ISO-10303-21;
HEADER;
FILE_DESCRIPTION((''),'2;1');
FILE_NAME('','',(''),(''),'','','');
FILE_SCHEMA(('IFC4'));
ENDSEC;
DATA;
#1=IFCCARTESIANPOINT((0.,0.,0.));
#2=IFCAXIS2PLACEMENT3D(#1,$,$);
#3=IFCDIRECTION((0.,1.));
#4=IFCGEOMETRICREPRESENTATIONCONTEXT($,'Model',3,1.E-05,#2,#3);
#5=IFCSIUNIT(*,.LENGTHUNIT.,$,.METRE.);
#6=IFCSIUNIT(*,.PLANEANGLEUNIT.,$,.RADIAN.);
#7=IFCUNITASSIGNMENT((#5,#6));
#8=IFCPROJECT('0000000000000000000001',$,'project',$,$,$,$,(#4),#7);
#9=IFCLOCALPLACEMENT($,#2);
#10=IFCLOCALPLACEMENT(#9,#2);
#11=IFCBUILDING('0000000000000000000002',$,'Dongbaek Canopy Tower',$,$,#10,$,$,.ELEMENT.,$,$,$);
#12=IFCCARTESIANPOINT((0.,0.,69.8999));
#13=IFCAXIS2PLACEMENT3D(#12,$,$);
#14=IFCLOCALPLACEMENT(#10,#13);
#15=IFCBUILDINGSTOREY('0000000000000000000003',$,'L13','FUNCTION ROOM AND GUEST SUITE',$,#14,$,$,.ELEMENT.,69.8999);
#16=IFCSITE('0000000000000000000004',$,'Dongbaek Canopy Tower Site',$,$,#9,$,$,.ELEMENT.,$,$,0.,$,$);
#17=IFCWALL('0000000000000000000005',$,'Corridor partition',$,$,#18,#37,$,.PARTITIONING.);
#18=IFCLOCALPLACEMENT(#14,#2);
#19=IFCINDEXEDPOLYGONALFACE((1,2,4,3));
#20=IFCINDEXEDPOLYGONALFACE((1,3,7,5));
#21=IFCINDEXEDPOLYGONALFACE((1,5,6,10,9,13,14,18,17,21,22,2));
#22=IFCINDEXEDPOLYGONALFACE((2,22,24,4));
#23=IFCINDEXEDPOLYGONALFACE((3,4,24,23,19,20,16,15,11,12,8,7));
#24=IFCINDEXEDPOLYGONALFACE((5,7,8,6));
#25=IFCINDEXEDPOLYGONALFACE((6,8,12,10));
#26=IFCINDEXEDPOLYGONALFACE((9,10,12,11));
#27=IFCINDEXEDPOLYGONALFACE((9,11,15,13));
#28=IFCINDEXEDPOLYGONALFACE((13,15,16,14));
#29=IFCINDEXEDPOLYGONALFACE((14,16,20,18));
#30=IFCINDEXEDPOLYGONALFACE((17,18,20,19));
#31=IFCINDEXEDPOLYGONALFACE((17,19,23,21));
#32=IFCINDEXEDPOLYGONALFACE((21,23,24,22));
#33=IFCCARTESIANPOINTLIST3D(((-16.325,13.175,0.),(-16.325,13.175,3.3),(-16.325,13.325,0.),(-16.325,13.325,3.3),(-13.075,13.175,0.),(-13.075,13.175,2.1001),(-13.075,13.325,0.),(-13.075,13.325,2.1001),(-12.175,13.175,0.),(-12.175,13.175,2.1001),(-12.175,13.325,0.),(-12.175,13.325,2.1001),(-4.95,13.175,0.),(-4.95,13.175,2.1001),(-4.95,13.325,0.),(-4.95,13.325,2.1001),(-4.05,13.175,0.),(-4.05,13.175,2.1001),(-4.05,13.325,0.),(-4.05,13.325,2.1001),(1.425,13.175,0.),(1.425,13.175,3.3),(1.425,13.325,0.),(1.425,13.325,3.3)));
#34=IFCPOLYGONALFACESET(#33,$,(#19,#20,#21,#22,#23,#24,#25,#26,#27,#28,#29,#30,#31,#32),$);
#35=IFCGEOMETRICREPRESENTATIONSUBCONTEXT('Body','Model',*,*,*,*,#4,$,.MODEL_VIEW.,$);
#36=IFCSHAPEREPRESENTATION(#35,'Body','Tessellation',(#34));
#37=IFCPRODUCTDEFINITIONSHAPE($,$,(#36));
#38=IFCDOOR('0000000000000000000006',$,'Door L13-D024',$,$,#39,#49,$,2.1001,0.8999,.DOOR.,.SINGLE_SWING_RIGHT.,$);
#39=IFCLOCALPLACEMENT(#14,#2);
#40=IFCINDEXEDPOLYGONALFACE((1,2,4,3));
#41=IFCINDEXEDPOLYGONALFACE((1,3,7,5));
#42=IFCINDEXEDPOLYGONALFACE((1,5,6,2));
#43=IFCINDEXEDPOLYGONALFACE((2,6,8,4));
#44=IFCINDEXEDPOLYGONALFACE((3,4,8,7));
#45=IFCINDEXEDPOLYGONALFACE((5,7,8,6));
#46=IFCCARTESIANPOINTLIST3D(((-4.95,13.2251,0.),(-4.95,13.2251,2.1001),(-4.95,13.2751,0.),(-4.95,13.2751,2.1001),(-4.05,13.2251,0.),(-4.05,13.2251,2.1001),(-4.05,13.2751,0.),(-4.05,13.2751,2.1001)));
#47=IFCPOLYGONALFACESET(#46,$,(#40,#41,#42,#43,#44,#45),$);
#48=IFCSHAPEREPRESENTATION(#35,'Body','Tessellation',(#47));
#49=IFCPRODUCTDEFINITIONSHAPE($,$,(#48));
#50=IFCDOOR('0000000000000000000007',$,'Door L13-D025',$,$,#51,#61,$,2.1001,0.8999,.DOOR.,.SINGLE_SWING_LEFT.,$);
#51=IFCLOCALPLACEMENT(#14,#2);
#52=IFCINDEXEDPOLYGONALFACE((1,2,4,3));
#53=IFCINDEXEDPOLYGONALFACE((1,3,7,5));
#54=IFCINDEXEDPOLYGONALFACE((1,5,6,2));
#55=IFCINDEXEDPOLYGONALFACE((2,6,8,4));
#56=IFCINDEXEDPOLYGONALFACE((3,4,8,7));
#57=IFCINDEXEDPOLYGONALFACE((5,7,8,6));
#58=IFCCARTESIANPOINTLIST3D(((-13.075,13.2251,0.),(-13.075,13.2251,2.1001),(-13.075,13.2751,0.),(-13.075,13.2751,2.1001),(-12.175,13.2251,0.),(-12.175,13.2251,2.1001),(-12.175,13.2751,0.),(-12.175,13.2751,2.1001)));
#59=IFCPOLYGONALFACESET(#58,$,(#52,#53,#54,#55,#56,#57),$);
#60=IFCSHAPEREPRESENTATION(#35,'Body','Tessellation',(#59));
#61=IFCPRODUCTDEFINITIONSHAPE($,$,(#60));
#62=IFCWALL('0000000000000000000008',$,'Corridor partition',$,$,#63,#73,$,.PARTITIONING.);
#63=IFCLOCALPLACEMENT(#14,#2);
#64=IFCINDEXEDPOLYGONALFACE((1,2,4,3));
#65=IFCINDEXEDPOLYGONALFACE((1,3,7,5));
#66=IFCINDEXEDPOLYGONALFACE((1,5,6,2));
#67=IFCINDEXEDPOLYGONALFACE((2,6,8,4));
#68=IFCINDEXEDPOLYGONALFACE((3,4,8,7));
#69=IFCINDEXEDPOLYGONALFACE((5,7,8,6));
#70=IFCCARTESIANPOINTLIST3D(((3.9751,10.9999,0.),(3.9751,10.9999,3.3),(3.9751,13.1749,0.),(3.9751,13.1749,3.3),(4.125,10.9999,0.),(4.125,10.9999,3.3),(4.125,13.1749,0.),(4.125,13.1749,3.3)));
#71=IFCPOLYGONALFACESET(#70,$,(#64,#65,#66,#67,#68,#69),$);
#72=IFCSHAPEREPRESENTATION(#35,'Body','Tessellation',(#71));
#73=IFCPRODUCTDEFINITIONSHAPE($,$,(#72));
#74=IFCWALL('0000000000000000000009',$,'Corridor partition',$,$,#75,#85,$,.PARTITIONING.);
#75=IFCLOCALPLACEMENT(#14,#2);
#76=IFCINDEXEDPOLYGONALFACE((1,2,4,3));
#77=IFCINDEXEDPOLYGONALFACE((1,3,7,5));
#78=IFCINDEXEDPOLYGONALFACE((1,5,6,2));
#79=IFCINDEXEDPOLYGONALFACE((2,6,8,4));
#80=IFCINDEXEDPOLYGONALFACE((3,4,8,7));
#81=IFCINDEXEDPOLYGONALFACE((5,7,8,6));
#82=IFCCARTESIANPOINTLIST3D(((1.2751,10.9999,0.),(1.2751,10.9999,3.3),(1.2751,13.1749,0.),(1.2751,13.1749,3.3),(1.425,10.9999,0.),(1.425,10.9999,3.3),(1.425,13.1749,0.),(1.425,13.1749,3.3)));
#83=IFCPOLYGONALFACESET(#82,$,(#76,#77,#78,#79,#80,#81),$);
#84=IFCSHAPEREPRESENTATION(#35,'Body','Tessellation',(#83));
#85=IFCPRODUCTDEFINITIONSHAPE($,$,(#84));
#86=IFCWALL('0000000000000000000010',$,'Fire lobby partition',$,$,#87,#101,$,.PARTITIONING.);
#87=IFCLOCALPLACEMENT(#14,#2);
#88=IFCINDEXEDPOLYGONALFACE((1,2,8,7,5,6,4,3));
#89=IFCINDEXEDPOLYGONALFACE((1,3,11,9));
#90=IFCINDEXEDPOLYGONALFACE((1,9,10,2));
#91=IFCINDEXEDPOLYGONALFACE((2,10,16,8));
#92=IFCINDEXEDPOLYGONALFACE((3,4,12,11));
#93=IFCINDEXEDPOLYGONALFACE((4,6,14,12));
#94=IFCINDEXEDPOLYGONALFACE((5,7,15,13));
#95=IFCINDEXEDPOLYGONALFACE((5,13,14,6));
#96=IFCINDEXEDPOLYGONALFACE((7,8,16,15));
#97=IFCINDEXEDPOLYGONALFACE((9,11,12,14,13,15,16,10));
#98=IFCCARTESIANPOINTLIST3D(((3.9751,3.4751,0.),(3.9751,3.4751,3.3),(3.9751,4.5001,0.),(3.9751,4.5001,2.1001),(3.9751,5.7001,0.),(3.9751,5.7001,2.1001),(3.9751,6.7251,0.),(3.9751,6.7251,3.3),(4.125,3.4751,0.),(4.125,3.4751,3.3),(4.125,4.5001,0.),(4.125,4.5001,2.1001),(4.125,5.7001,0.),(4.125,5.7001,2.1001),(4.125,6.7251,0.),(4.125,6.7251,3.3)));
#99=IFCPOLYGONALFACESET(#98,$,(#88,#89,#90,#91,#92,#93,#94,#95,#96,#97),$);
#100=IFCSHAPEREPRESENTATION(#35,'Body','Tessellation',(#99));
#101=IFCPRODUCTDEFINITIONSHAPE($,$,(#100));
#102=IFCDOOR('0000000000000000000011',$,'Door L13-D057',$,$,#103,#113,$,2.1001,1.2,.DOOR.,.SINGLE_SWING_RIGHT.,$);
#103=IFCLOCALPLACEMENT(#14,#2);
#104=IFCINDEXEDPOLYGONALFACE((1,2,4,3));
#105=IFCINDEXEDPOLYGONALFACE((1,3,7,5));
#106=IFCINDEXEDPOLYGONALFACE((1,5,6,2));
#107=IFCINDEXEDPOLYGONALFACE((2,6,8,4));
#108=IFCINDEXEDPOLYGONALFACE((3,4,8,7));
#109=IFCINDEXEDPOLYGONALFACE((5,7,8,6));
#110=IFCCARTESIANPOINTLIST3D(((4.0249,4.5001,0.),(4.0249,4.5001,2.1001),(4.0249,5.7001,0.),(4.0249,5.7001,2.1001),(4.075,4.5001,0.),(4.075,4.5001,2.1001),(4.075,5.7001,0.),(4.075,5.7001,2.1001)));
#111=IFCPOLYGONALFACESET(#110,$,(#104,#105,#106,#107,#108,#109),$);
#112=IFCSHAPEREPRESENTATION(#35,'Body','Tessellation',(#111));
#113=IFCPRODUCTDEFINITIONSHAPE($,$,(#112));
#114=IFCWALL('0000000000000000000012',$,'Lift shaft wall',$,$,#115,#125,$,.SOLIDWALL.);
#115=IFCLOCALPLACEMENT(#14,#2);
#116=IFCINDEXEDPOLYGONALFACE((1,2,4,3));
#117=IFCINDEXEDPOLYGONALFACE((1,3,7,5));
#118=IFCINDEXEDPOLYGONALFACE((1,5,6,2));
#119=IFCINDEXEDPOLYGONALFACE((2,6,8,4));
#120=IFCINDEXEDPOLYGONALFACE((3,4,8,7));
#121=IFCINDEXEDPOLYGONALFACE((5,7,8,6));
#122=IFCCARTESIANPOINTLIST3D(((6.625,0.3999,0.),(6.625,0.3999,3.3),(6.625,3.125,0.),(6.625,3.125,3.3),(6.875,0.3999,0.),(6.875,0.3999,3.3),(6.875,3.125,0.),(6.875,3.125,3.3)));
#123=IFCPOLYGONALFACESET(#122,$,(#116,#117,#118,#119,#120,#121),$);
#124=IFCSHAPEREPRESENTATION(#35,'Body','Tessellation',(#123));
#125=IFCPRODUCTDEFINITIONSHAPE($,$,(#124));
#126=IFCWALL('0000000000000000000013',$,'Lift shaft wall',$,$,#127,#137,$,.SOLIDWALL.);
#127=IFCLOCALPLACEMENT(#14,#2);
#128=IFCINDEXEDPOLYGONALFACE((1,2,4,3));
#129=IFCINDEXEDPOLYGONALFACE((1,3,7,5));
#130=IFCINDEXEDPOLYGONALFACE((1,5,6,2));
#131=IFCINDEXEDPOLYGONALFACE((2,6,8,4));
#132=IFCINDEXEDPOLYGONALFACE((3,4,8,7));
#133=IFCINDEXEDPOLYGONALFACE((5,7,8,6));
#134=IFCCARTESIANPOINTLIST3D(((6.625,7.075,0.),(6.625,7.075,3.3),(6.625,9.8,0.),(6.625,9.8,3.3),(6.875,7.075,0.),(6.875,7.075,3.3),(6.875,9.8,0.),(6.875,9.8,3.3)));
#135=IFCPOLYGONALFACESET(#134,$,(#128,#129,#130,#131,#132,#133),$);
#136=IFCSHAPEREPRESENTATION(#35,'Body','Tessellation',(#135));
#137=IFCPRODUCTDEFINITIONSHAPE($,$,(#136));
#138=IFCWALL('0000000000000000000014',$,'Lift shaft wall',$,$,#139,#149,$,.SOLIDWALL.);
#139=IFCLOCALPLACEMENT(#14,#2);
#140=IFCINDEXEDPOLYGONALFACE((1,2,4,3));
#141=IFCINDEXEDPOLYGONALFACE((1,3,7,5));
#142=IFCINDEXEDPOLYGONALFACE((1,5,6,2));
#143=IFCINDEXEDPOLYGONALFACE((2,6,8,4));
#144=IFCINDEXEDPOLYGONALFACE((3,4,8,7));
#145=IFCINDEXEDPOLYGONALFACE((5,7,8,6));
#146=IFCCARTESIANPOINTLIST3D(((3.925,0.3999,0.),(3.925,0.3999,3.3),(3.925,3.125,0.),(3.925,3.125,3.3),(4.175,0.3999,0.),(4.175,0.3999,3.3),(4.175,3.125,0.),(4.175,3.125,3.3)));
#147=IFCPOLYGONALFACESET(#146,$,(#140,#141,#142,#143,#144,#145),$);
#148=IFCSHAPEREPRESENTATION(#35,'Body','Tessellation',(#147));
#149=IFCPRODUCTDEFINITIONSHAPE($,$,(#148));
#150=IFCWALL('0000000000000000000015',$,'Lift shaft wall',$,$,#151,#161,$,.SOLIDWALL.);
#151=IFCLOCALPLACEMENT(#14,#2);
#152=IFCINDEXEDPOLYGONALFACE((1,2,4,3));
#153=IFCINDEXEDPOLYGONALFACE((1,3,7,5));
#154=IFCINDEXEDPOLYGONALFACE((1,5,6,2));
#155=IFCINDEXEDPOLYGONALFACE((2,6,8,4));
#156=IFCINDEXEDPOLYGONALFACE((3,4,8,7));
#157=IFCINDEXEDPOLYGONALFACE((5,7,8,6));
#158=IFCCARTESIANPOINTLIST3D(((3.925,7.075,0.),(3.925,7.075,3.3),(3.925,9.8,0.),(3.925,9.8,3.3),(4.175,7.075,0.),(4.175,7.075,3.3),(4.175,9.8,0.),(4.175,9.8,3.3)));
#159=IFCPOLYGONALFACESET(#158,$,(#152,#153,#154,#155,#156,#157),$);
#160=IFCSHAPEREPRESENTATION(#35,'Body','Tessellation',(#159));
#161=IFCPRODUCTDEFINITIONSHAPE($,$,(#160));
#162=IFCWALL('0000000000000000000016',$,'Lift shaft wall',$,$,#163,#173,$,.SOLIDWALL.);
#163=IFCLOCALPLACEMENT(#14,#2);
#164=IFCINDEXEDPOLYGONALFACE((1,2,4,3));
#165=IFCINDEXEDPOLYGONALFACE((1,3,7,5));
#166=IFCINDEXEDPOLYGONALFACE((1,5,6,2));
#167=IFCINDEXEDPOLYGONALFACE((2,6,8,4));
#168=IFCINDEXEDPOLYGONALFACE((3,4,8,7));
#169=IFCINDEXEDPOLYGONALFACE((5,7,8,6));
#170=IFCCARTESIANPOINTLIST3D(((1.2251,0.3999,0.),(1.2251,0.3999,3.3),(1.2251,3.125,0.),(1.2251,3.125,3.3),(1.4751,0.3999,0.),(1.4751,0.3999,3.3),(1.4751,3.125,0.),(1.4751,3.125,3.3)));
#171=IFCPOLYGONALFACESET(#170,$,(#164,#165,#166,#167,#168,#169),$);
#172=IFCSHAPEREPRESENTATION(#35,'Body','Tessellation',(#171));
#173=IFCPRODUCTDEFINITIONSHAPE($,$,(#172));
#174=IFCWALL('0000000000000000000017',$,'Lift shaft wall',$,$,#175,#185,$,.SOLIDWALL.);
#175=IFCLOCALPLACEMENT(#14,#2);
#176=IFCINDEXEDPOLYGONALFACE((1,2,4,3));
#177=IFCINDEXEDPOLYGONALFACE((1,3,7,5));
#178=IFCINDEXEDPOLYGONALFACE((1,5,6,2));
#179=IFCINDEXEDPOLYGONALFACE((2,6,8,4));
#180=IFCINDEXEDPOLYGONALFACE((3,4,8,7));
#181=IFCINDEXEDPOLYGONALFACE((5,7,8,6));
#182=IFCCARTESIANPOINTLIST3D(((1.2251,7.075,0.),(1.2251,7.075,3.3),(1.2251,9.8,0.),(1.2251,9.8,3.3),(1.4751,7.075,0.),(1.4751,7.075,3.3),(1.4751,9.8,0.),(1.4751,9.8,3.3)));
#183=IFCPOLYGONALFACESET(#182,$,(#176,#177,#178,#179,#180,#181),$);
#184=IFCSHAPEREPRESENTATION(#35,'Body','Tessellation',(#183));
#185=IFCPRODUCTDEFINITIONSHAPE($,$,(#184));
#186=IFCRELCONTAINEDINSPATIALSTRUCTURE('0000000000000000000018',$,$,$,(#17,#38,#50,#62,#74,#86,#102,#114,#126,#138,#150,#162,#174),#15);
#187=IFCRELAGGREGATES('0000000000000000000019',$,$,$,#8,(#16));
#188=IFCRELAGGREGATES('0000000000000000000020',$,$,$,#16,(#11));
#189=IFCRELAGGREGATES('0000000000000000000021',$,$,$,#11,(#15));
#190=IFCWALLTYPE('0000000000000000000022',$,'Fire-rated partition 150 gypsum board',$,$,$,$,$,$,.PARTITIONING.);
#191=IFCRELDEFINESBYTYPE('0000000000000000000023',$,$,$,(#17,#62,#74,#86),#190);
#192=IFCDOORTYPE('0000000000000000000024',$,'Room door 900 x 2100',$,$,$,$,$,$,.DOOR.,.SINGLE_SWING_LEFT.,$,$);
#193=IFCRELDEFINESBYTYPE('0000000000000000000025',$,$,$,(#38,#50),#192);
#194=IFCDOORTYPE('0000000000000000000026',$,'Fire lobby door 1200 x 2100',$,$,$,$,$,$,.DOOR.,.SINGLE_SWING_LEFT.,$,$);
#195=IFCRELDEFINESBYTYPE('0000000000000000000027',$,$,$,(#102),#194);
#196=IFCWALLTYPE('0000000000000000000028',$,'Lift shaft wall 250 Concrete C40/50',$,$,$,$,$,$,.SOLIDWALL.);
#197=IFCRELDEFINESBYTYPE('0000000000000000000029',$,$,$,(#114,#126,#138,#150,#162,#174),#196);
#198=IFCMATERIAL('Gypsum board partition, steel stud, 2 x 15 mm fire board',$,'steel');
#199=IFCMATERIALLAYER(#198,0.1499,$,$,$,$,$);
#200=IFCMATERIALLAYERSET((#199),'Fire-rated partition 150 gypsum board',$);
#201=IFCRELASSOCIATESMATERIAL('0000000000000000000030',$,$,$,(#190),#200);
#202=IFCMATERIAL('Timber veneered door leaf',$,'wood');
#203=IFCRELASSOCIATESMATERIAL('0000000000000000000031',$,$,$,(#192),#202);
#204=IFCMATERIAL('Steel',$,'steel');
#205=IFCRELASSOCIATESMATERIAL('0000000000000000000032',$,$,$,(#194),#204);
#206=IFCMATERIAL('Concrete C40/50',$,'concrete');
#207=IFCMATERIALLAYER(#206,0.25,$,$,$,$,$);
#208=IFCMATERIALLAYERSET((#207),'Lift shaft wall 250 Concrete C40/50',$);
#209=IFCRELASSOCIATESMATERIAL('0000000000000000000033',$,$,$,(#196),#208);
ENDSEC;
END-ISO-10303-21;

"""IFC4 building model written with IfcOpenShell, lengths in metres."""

from ifc_helpers import new_model, si_unit, direction, frame, frame_2d, origin, place, context, subcontext, project, spatial, rectangle, extrude, material, layer, layer_set, type_object, element, fill, save


model = new_model("IFC4")

# Units and contexts
model_context = context("Model", 3, precision=1e-05, world=origin(), true_north=direction((0.0, 1.0)))
body_context = subcontext(model_context, "Body", "Model", "MODEL_VIEW")
ifc_project = project(units=[si_unit("LENGTHUNIT", "METRE"), si_unit("PLANEANGLEUNIT", "RADIAN")], contexts=[model_context])

# Site, building, storey
site_placement = place(None, origin())
site = spatial("IfcSite", under=ifc_project, at=site_placement, Name="Dongbaek Canopy Tower Site", CompositionType="ELEMENT", RefElevation=0.0)
building_placement = place(site_placement, origin())
building = spatial("IfcBuilding", under=site, at=building_placement, Name="Dongbaek Canopy Tower", CompositionType="ELEMENT")
storey_placement = place(building_placement, frame((0.0, 0.0, 69.8999)))
storey = spatial("IfcBuildingStorey", under=building, at=storey_placement, Name="L13", Description="FUNCTION ROOM AND GUEST SUITE", CompositionType="ELEMENT", Elevation=69.8999)

# Wall, openings, doors
ifc_material_1 = material(Name="Gypsum board partition, steel stud, 2 x 15 mm fire board", Category="steel")
ifc_layer_1 = layer(ifc_material_1, 0.1499)
ifc_layer_set_1 = layer_set([ifc_layer_1], Name="Fire-rated partition 150 gypsum board")
wall_type_1 = type_object("IfcWallType", Name="Fire-rated partition 150 gypsum board", PredefinedType="PARTITIONING", material=ifc_layer_set_1)
wall_1_placement = place(storey_placement, frame((1.425, 13.25, 0.0), z_axis=(0.0, 0.0, 1.0), x_axis=(-1.0, 0.0, 0.0)))
wall_1 = element("IfcWall", 1, at=wall_1_placement, inside=storey, type_object=wall_type_1, Name="Corridor partition", PredefinedType="PARTITIONING", context=body_context, shape_type="SweptSolid", body=[
    extrude(rectangle(XDim=17.75, YDim=0.1499, at=frame_2d((8.875, 0.0))), origin(), (0.0, 0.0, 1.0), 3.3),
])
opening_1_placement = place(wall_1_placement, frame((5.4751, 0.0, 0.0)))
opening_1 = element("IfcOpeningElement", 2, at=opening_1_placement, cuts=wall_1, PredefinedType="OPENING", context=body_context, shape_type="SweptSolid", body=[
    extrude(rectangle(XDim=0.8999, YDim=2.1001, at=frame_2d((0.45, 1.05))), frame((0.0, 0.085, 0.0), z_axis=(0.0, -1.0, 0.0), x_axis=(1.0, 0.0, 0.0)), (0.0, 0.0, 1.0), 0.1699),
])
opening_2_placement = place(wall_1_placement, frame((13.6001, 0.0, 0.0)))
opening_2 = element("IfcOpeningElement", 3, at=opening_2_placement, cuts=wall_1, PredefinedType="OPENING", context=body_context, shape_type="SweptSolid", body=[
    extrude(rectangle(XDim=0.8999, YDim=2.1001, at=frame_2d((0.45, 1.05))), frame((0.0, 0.085, 0.0), z_axis=(0.0, -1.0, 0.0), x_axis=(1.0, 0.0, 0.0)), (0.0, 0.0, 1.0), 0.1699),
])
ifc_material_2 = material(Name="Timber veneered door leaf", Category="wood")
door_type_1 = type_object("IfcDoorType", Name="Room door 900 x 2100", OperationType="SINGLE_SWING_LEFT", PredefinedType="DOOR", material=ifc_material_2)
door_1_placement = place(opening_1_placement, origin())
door_1 = element("IfcDoor", 4, at=door_1_placement, inside=storey, type_object=door_type_1, Name="Door L13-D024", OperationType="SINGLE_SWING_RIGHT", OverallHeight=2.1001, OverallWidth=0.8999, PredefinedType="DOOR", context=body_context, shape_type="SweptSolid", body=[
    extrude(rectangle(XDim=0.8999, YDim=2.1001, at=frame_2d((0.45, 1.05))), frame((0.0, 0.0249, 0.0), z_axis=(0.0, -1.0, 0.0), x_axis=(1.0, 0.0, 0.0)), (0.0, 0.0, 1.0), 0.05),
])
fill(opening_1, door_1)
door_2_placement = place(opening_2_placement, origin())
door_2 = element("IfcDoor", 5, at=door_2_placement, inside=storey, type_object=door_type_1, Name="Door L13-D025", OperationType="SINGLE_SWING_LEFT", OverallHeight=2.1001, OverallWidth=0.8999, PredefinedType="DOOR", context=body_context, shape_type="SweptSolid", body=[
    extrude(rectangle(XDim=0.8999, YDim=2.1001, at=frame_2d((0.45, 1.05))), frame((0.0, 0.0249, 0.0), z_axis=(0.0, -1.0, 0.0), x_axis=(1.0, 0.0, 0.0)), (0.0, 0.0, 1.0), 0.05),
])
fill(opening_2, door_2)

# Walls
for number, where, z_axis, x_axis, name in (
    (6, (4.05, 11.0, 0.0), (0.0, 0.0, 1.0), (0.0, 1.0, 0.0), "Corridor partition"),
    (7, (1.3501, 11.0, 0.0), (0.0, 0.0, 1.0), (0.0, 1.0, 0.0), "Corridor partition"),
):
    element("IfcWall", number, at=place(storey_placement, frame(where, z_axis=z_axis, x_axis=x_axis)), inside=storey, type_object=wall_type_1, Name=name, PredefinedType="PARTITIONING", context=body_context, shape_type="SweptSolid", body=[
        extrude(rectangle(XDim=2.175, YDim=0.1499, at=frame_2d((1.0874, 0.0))), origin(), (0.0, 0.0, 1.0), 3.3),
    ])

# Wall, opening, door
wall_2_placement = place(storey_placement, frame((4.05, 6.7251, 0.0), z_axis=(0.0, 0.0, 1.0), x_axis=(0.0, -1.0, 0.0)))
wall_2 = element("IfcWall", 8, at=wall_2_placement, inside=storey, type_object=wall_type_1, Name="Fire lobby partition", PredefinedType="PARTITIONING", context=body_context, shape_type="SweptSolid", body=[
    extrude(rectangle(XDim=3.25, YDim=0.1499, at=frame_2d((1.625, 0.0))), origin(), (0.0, 0.0, 1.0), 3.3),
])
opening_3_placement = place(wall_2_placement, frame((1.0249, 0.0, 0.0)))
opening_3 = element("IfcOpeningElement", 9, at=opening_3_placement, cuts=wall_2, PredefinedType="OPENING", context=body_context, shape_type="SweptSolid", body=[
    extrude(rectangle(XDim=1.2, YDim=2.1001, at=frame_2d((0.6001, 1.05))), frame((0.0, 0.085, 0.0), z_axis=(0.0, -1.0, 0.0), x_axis=(1.0, 0.0, 0.0)), (0.0, 0.0, 1.0), 0.1699),
])
ifc_material_3 = material(Name="Steel", Category="steel")
door_type_2 = type_object("IfcDoorType", Name="Fire lobby door 1200 x 2100", OperationType="SINGLE_SWING_LEFT", PredefinedType="DOOR", material=ifc_material_3)
door_3_placement = place(opening_3_placement, origin())
door_3 = element("IfcDoor", 10, at=door_3_placement, inside=storey, type_object=door_type_2, Name="Door L13-D057", OperationType="SINGLE_SWING_RIGHT", OverallHeight=2.1001, OverallWidth=1.2, PredefinedType="DOOR", context=body_context, shape_type="SweptSolid", body=[
    extrude(rectangle(XDim=1.2, YDim=2.1001, at=frame_2d((0.6001, 1.05))), frame((0.0, 0.0249, 0.0), z_axis=(0.0, -1.0, 0.0), x_axis=(1.0, 0.0, 0.0)), (0.0, 0.0, 1.0), 0.05),
])
fill(opening_3, door_3)

# Walls
ifc_material_4 = material(Name="Concrete C40/50", Category="concrete")
ifc_layer_2 = layer(ifc_material_4, 0.25)
ifc_layer_set_2 = layer_set([ifc_layer_2], Name="Lift shaft wall 250 Concrete C40/50")
wall_type_2 = type_object("IfcWallType", Name="Lift shaft wall 250 Concrete C40/50", PredefinedType="SOLIDWALL", material=ifc_layer_set_2)
for number, where, z_axis, x_axis, name in (
    (11, (6.75, 0.3999, 0.0), (0.0, 0.0, 1.0), (0.0, 1.0, 0.0), "Lift shaft wall"),
    (12, (6.75, 7.075, 0.0), (0.0, 0.0, 1.0), (0.0, 1.0, 0.0), "Lift shaft wall"),
    (13, (4.05, 0.3999, 0.0), (0.0, 0.0, 1.0), (0.0, 1.0, 0.0), "Lift shaft wall"),
    (14, (4.05, 7.075, 0.0), (0.0, 0.0, 1.0), (0.0, 1.0, 0.0), "Lift shaft wall"),
    (15, (1.3501, 0.3999, 0.0), (0.0, 0.0, 1.0), (0.0, 1.0, 0.0), "Lift shaft wall"),
    (16, (1.3501, 7.075, 0.0), (0.0, 0.0, 1.0), (0.0, 1.0, 0.0), "Lift shaft wall"),
):
    element("IfcWall", number, at=place(storey_placement, frame(where, z_axis=z_axis, x_axis=x_axis)), inside=storey, type_object=wall_type_2, Name=name, PredefinedType="SOLIDWALL", context=body_context, shape_type="SweptSolid", body=[
        extrude(rectangle(XDim=2.7251, YDim=0.25, at=frame_2d((1.3625, 0.0))), origin(), (0.0, 0.0, 1.0), 3.3),
    ])

save(model, "model.ifc")
